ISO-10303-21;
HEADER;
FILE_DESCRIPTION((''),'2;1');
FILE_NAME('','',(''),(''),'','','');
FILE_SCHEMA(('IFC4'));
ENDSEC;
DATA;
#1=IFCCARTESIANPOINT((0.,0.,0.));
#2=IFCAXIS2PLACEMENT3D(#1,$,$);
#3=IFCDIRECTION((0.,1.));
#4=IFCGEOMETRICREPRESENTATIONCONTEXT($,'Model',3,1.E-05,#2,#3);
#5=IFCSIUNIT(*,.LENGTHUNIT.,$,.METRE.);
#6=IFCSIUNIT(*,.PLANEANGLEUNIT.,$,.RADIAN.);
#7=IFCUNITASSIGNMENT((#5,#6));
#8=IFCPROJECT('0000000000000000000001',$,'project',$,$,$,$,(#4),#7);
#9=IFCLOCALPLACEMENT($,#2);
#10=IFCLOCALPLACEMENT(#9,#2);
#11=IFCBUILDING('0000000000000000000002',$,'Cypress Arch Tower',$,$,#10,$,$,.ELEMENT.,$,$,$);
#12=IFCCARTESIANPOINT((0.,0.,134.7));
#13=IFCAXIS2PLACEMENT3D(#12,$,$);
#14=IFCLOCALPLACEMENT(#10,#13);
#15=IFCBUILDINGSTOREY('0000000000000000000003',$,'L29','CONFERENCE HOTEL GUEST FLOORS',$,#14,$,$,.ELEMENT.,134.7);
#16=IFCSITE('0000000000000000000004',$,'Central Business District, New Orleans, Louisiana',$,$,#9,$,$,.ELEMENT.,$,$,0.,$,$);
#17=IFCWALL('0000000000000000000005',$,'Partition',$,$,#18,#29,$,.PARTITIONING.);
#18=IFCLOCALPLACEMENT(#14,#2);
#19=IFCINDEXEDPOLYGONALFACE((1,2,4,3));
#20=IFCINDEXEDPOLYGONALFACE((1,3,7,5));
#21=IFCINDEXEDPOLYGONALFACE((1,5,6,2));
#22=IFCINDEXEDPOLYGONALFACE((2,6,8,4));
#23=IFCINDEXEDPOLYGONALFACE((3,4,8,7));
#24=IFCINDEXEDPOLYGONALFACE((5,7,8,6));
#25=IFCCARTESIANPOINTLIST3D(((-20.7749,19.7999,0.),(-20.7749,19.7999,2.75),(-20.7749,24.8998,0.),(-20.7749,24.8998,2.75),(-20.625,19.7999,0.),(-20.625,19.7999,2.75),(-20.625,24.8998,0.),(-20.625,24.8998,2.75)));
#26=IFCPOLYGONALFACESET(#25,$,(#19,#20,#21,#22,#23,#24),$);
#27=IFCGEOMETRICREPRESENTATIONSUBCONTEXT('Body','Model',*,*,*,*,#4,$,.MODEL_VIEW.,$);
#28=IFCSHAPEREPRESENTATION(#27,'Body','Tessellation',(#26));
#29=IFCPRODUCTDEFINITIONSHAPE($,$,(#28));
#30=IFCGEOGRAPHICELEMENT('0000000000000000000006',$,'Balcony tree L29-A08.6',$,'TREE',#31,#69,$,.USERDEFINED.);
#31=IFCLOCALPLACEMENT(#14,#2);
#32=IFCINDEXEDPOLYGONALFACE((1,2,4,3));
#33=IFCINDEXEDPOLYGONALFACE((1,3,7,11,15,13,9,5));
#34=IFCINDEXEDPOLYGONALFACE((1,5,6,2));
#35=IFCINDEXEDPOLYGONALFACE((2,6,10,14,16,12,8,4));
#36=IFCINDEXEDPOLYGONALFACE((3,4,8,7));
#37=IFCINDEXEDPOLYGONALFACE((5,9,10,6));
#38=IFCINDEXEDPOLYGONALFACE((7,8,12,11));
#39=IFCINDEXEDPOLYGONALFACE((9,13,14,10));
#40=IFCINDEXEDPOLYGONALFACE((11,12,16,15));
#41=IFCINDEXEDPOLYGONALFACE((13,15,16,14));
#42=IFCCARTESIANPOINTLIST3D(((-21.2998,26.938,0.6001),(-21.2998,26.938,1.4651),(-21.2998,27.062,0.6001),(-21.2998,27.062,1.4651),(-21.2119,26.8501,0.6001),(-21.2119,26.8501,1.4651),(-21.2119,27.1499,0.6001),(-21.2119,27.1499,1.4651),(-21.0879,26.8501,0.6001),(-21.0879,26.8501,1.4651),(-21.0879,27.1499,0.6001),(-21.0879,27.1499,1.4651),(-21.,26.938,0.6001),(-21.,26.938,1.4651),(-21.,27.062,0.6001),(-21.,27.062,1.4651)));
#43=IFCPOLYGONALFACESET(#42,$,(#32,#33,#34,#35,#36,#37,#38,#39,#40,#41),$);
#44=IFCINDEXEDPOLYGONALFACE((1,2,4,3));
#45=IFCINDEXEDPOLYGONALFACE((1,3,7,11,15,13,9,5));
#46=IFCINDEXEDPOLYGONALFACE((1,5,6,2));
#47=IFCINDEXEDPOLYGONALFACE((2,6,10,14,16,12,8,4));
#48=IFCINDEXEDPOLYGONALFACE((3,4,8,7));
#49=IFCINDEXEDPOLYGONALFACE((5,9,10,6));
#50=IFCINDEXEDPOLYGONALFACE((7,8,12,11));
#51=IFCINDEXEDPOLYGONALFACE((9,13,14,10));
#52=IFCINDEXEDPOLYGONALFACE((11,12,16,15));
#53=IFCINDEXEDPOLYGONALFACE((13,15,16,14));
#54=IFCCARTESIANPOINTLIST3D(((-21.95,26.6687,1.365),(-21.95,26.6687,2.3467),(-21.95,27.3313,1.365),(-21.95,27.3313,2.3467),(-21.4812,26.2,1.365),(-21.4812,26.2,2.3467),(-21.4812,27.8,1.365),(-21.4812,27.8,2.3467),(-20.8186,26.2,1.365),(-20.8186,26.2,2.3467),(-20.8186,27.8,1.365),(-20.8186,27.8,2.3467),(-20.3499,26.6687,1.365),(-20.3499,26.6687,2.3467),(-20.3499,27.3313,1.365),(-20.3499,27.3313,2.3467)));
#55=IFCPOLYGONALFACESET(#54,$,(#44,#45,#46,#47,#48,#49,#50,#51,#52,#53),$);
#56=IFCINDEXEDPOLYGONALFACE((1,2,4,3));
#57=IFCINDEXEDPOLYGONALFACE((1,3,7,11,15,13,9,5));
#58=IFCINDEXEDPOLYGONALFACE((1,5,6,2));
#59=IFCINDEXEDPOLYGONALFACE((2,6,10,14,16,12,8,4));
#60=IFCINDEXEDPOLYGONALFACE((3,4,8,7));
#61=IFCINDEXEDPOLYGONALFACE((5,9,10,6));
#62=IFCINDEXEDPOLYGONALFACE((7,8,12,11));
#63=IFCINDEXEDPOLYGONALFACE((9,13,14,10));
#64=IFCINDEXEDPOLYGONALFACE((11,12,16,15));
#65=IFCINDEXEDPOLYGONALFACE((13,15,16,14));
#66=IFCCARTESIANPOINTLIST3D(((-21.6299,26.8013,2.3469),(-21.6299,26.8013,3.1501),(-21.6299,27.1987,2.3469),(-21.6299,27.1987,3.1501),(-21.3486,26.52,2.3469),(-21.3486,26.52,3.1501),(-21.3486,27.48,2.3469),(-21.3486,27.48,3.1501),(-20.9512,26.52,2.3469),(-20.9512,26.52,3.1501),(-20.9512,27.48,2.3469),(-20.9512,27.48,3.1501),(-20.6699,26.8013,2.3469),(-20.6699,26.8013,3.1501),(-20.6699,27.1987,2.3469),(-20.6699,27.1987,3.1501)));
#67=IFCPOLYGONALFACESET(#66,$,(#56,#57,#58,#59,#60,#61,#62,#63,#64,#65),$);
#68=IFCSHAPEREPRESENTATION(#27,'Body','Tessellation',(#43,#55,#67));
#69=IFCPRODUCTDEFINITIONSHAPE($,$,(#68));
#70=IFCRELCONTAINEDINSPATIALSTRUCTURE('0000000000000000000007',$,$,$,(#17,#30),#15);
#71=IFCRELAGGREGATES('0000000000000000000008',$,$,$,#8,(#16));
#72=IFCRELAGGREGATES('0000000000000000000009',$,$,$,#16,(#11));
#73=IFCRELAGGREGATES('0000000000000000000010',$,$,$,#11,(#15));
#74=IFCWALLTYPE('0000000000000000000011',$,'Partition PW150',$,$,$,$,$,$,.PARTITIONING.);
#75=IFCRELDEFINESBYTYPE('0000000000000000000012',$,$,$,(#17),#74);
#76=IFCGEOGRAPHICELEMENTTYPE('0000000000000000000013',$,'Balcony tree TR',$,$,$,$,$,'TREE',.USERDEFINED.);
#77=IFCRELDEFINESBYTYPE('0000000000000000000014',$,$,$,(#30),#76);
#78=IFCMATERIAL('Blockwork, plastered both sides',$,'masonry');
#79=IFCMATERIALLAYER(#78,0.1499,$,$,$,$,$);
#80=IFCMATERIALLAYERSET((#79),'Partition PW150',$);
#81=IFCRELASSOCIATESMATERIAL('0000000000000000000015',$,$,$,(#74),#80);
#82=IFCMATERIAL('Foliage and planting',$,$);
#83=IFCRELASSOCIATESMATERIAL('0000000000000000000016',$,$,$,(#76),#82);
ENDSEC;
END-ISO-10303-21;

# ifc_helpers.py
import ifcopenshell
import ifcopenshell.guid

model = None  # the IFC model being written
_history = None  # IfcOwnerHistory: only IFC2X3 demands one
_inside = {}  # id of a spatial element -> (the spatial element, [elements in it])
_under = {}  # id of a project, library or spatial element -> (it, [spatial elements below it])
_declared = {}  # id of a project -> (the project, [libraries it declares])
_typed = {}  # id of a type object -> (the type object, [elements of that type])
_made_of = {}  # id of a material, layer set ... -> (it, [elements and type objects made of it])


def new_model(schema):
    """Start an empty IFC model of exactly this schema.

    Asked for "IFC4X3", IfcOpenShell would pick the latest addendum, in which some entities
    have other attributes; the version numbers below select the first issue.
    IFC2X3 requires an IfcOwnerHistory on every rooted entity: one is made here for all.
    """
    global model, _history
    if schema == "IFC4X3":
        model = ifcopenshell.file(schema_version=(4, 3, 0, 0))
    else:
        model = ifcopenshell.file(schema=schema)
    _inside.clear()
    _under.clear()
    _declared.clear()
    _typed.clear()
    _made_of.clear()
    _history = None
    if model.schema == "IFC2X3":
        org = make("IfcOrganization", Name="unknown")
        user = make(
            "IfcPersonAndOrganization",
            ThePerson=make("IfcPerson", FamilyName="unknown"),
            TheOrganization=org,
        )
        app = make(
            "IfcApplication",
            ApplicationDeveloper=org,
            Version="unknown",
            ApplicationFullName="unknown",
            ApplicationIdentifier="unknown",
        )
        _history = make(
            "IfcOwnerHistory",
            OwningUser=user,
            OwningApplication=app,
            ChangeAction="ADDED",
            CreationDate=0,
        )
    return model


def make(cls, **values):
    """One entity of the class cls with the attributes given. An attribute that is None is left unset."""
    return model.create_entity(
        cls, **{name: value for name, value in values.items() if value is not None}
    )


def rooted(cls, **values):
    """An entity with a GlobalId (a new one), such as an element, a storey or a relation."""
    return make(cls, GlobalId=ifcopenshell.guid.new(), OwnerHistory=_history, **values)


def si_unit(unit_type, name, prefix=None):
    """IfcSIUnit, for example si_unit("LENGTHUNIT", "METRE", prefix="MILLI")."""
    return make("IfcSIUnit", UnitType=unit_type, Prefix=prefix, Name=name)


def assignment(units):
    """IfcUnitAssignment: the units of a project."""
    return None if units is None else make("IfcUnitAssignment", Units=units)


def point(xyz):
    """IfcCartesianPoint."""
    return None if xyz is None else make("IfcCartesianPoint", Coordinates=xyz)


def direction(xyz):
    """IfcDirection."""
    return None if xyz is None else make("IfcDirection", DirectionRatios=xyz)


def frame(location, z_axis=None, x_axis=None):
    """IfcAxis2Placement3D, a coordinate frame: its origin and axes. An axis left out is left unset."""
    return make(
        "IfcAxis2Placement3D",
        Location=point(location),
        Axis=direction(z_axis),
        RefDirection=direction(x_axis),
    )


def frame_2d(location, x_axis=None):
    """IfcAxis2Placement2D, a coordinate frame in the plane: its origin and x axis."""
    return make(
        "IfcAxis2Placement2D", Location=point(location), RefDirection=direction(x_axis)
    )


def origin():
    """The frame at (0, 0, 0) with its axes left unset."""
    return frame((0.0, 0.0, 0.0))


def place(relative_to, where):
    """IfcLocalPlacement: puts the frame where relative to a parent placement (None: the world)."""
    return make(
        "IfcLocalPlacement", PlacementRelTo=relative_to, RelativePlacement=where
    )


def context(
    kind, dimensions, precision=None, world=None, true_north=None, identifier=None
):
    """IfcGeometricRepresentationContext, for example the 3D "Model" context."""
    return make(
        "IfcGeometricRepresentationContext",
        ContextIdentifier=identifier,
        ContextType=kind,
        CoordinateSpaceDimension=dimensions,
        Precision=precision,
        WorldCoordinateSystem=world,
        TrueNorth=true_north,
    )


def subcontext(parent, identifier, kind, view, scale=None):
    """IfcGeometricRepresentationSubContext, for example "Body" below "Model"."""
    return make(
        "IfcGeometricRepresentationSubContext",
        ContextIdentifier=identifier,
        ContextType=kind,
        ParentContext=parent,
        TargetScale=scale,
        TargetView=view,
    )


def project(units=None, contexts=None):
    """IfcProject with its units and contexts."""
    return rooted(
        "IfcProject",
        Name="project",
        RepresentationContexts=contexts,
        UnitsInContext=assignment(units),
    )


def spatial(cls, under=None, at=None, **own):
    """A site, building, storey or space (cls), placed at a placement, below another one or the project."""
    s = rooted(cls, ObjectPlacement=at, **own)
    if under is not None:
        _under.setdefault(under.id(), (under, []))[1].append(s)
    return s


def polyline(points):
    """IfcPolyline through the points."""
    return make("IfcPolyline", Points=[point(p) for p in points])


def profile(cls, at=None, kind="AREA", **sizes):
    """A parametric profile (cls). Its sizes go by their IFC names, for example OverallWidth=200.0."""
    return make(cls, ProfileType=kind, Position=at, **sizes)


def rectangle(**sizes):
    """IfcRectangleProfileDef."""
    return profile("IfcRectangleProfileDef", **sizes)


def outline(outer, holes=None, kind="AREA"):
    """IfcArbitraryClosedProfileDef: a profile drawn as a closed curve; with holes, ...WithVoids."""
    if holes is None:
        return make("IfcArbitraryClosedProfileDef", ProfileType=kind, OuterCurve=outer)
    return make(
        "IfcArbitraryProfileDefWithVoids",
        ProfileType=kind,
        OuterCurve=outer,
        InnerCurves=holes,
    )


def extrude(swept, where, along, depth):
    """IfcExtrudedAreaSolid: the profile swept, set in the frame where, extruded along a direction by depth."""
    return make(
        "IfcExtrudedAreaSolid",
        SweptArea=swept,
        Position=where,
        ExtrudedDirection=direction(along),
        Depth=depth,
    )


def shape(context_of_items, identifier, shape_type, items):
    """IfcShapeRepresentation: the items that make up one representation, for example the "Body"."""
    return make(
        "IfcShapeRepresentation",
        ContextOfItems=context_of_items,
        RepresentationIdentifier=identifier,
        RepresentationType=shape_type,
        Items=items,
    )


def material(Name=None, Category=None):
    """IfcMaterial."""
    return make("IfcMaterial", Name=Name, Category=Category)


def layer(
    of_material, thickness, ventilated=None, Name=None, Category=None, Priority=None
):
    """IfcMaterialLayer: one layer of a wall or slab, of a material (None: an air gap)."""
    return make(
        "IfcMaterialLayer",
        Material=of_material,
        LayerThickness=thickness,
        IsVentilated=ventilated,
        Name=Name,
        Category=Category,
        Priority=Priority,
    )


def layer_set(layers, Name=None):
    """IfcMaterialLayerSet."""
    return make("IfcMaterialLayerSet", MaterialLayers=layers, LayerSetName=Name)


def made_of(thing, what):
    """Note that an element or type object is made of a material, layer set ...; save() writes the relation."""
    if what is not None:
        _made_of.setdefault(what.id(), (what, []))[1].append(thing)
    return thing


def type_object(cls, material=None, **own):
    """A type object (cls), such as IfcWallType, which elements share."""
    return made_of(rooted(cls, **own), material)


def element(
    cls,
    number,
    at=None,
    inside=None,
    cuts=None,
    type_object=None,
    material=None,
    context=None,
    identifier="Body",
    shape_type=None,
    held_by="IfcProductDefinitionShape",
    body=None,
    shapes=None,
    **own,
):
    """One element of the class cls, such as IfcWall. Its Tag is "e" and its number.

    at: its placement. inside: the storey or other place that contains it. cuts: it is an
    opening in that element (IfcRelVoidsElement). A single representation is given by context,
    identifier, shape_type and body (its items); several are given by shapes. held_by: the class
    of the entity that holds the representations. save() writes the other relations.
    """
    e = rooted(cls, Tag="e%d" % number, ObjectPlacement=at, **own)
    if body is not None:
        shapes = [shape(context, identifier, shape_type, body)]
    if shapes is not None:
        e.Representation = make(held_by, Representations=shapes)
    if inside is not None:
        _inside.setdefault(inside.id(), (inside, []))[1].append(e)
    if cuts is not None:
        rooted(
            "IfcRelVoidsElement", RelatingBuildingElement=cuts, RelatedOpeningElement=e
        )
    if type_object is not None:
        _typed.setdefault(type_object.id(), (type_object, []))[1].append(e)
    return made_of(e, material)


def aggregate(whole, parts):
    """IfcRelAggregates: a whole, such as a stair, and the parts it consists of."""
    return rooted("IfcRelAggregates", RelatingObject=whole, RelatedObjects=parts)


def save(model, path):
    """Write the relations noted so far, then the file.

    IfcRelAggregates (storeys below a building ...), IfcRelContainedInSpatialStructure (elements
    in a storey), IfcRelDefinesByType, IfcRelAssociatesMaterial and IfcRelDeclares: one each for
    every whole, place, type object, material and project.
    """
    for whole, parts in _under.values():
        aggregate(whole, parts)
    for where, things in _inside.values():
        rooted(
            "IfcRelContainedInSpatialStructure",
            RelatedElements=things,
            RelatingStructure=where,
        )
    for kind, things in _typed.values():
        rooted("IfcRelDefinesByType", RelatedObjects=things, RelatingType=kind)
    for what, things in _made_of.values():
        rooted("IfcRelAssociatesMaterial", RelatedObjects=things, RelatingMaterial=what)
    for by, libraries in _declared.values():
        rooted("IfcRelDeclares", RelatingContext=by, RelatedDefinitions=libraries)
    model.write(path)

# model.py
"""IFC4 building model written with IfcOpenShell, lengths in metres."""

from ifc_helpers import new_model, si_unit, direction, frame, frame_2d, origin, place, context, subcontext, project, spatial, polyline, rectangle, outline, extrude, material, layer, layer_set, type_object, element, save


model = new_model("IFC4")

# Units and contexts
model_context = context("Model", 3, precision=1e-05, world=origin(), true_north=direction((0.0, 1.0)))
body_context = subcontext(model_context, "Body", "Model", "MODEL_VIEW")
ifc_project = project(units=[si_unit("LENGTHUNIT", "METRE"), si_unit("PLANEANGLEUNIT", "RADIAN")], contexts=[model_context])

# Site, building, storey
site_placement = place(None, origin())
site = spatial("IfcSite", under=ifc_project, at=site_placement, Name="Central Business District, New Orleans, Louisiana", CompositionType="ELEMENT", RefElevation=0.0)
building_placement = place(site_placement, origin())
building = spatial("IfcBuilding", under=site, at=building_placement, Name="Cypress Arch Tower", CompositionType="ELEMENT")
storey_placement = place(building_placement, frame((0.0, 0.0, 134.7)))
storey = spatial("IfcBuildingStorey", under=building, at=storey_placement, Name="L29", Description="CONFERENCE HOTEL GUEST FLOORS", CompositionType="ELEMENT", Elevation=134.7)

# Wall
ifc_material_1 = material(Name="Blockwork, plastered both sides", Category="masonry")
ifc_layer_1 = layer(ifc_material_1, 0.1499)
ifc_layer_set_1 = layer_set([ifc_layer_1], Name="Partition PW150")
wall_type_1 = type_object("IfcWallType", Name="Partition PW150", PredefinedType="PARTITIONING", material=ifc_layer_set_1)
wall_1_placement = place(storey_placement, frame((-20.7, 19.8, 0.0), z_axis=(0.0, 0.0, 1.0), x_axis=(0.0, 1.0, 0.0)))
element("IfcWall", 1, at=wall_1_placement, inside=storey, type_object=wall_type_1, Name="Partition", PredefinedType="PARTITIONING", context=body_context, shape_type="SweptSolid", body=[
    extrude(rectangle(XDim=5.0999, YDim=0.1499, at=frame_2d((2.5498, 0.0))), origin(), (0.0, 0.0, 1.0), 2.75),
])

# Geographic element
ifc_material_2 = material(Name="Foliage and planting")
geographic_element_type = type_object("IfcGeographicElementType", Name="Balcony tree TR", ElementType="TREE", PredefinedType="USERDEFINED", material=ifc_material_2)
geographic_element_placement = place(storey_placement, frame((-21.1499, 27.0, 0.6001), z_axis=(0.0, 0.0, 1.0), x_axis=(1.0, 0.0, 0.0)))
element("IfcGeographicElement", 2, at=geographic_element_placement, inside=storey, type_object=geographic_element_type, Name="Balcony tree L29-A08.6", ObjectType="TREE", PredefinedType="USERDEFINED", context=body_context, shape_type="SweptSolid", body=[
    extrude(outline(polyline([(0.1499, 0.062), (0.062, 0.1499), (-0.062, 0.1499), (-0.1499, 0.062), (-0.1499, -0.062), (-0.062, -0.1499), (0.062, -0.1499), (0.1499, -0.062), (0.1499, 0.062)])), origin(), (0.0, 0.0, 1.0), 0.865),
    extrude(outline(polyline([(0.8, 0.3313), (0.3313, 0.8), (-0.3313, 0.8), (-0.8, 0.3313), (-0.8, -0.3313), (-0.3313, -0.8), (0.3313, -0.8), (0.8, -0.3313), (0.8, 0.3313)])), frame((0.0, 0.0, 0.7649)), (0.0, 0.0, 1.0), 0.9817),
    extrude(outline(polyline([(0.48, 0.1987), (0.1987, 0.48), (-0.1987, 0.48), (-0.48, 0.1987), (-0.48, -0.1987), (-0.1987, -0.48), (0.1987, -0.48), (0.48, -0.1987), (0.48, 0.1987)])), frame((0.0, 0.0, 1.7468)), (0.0, 0.0, 1.0), 0.8032),
])

save(model, "model.ifc")
